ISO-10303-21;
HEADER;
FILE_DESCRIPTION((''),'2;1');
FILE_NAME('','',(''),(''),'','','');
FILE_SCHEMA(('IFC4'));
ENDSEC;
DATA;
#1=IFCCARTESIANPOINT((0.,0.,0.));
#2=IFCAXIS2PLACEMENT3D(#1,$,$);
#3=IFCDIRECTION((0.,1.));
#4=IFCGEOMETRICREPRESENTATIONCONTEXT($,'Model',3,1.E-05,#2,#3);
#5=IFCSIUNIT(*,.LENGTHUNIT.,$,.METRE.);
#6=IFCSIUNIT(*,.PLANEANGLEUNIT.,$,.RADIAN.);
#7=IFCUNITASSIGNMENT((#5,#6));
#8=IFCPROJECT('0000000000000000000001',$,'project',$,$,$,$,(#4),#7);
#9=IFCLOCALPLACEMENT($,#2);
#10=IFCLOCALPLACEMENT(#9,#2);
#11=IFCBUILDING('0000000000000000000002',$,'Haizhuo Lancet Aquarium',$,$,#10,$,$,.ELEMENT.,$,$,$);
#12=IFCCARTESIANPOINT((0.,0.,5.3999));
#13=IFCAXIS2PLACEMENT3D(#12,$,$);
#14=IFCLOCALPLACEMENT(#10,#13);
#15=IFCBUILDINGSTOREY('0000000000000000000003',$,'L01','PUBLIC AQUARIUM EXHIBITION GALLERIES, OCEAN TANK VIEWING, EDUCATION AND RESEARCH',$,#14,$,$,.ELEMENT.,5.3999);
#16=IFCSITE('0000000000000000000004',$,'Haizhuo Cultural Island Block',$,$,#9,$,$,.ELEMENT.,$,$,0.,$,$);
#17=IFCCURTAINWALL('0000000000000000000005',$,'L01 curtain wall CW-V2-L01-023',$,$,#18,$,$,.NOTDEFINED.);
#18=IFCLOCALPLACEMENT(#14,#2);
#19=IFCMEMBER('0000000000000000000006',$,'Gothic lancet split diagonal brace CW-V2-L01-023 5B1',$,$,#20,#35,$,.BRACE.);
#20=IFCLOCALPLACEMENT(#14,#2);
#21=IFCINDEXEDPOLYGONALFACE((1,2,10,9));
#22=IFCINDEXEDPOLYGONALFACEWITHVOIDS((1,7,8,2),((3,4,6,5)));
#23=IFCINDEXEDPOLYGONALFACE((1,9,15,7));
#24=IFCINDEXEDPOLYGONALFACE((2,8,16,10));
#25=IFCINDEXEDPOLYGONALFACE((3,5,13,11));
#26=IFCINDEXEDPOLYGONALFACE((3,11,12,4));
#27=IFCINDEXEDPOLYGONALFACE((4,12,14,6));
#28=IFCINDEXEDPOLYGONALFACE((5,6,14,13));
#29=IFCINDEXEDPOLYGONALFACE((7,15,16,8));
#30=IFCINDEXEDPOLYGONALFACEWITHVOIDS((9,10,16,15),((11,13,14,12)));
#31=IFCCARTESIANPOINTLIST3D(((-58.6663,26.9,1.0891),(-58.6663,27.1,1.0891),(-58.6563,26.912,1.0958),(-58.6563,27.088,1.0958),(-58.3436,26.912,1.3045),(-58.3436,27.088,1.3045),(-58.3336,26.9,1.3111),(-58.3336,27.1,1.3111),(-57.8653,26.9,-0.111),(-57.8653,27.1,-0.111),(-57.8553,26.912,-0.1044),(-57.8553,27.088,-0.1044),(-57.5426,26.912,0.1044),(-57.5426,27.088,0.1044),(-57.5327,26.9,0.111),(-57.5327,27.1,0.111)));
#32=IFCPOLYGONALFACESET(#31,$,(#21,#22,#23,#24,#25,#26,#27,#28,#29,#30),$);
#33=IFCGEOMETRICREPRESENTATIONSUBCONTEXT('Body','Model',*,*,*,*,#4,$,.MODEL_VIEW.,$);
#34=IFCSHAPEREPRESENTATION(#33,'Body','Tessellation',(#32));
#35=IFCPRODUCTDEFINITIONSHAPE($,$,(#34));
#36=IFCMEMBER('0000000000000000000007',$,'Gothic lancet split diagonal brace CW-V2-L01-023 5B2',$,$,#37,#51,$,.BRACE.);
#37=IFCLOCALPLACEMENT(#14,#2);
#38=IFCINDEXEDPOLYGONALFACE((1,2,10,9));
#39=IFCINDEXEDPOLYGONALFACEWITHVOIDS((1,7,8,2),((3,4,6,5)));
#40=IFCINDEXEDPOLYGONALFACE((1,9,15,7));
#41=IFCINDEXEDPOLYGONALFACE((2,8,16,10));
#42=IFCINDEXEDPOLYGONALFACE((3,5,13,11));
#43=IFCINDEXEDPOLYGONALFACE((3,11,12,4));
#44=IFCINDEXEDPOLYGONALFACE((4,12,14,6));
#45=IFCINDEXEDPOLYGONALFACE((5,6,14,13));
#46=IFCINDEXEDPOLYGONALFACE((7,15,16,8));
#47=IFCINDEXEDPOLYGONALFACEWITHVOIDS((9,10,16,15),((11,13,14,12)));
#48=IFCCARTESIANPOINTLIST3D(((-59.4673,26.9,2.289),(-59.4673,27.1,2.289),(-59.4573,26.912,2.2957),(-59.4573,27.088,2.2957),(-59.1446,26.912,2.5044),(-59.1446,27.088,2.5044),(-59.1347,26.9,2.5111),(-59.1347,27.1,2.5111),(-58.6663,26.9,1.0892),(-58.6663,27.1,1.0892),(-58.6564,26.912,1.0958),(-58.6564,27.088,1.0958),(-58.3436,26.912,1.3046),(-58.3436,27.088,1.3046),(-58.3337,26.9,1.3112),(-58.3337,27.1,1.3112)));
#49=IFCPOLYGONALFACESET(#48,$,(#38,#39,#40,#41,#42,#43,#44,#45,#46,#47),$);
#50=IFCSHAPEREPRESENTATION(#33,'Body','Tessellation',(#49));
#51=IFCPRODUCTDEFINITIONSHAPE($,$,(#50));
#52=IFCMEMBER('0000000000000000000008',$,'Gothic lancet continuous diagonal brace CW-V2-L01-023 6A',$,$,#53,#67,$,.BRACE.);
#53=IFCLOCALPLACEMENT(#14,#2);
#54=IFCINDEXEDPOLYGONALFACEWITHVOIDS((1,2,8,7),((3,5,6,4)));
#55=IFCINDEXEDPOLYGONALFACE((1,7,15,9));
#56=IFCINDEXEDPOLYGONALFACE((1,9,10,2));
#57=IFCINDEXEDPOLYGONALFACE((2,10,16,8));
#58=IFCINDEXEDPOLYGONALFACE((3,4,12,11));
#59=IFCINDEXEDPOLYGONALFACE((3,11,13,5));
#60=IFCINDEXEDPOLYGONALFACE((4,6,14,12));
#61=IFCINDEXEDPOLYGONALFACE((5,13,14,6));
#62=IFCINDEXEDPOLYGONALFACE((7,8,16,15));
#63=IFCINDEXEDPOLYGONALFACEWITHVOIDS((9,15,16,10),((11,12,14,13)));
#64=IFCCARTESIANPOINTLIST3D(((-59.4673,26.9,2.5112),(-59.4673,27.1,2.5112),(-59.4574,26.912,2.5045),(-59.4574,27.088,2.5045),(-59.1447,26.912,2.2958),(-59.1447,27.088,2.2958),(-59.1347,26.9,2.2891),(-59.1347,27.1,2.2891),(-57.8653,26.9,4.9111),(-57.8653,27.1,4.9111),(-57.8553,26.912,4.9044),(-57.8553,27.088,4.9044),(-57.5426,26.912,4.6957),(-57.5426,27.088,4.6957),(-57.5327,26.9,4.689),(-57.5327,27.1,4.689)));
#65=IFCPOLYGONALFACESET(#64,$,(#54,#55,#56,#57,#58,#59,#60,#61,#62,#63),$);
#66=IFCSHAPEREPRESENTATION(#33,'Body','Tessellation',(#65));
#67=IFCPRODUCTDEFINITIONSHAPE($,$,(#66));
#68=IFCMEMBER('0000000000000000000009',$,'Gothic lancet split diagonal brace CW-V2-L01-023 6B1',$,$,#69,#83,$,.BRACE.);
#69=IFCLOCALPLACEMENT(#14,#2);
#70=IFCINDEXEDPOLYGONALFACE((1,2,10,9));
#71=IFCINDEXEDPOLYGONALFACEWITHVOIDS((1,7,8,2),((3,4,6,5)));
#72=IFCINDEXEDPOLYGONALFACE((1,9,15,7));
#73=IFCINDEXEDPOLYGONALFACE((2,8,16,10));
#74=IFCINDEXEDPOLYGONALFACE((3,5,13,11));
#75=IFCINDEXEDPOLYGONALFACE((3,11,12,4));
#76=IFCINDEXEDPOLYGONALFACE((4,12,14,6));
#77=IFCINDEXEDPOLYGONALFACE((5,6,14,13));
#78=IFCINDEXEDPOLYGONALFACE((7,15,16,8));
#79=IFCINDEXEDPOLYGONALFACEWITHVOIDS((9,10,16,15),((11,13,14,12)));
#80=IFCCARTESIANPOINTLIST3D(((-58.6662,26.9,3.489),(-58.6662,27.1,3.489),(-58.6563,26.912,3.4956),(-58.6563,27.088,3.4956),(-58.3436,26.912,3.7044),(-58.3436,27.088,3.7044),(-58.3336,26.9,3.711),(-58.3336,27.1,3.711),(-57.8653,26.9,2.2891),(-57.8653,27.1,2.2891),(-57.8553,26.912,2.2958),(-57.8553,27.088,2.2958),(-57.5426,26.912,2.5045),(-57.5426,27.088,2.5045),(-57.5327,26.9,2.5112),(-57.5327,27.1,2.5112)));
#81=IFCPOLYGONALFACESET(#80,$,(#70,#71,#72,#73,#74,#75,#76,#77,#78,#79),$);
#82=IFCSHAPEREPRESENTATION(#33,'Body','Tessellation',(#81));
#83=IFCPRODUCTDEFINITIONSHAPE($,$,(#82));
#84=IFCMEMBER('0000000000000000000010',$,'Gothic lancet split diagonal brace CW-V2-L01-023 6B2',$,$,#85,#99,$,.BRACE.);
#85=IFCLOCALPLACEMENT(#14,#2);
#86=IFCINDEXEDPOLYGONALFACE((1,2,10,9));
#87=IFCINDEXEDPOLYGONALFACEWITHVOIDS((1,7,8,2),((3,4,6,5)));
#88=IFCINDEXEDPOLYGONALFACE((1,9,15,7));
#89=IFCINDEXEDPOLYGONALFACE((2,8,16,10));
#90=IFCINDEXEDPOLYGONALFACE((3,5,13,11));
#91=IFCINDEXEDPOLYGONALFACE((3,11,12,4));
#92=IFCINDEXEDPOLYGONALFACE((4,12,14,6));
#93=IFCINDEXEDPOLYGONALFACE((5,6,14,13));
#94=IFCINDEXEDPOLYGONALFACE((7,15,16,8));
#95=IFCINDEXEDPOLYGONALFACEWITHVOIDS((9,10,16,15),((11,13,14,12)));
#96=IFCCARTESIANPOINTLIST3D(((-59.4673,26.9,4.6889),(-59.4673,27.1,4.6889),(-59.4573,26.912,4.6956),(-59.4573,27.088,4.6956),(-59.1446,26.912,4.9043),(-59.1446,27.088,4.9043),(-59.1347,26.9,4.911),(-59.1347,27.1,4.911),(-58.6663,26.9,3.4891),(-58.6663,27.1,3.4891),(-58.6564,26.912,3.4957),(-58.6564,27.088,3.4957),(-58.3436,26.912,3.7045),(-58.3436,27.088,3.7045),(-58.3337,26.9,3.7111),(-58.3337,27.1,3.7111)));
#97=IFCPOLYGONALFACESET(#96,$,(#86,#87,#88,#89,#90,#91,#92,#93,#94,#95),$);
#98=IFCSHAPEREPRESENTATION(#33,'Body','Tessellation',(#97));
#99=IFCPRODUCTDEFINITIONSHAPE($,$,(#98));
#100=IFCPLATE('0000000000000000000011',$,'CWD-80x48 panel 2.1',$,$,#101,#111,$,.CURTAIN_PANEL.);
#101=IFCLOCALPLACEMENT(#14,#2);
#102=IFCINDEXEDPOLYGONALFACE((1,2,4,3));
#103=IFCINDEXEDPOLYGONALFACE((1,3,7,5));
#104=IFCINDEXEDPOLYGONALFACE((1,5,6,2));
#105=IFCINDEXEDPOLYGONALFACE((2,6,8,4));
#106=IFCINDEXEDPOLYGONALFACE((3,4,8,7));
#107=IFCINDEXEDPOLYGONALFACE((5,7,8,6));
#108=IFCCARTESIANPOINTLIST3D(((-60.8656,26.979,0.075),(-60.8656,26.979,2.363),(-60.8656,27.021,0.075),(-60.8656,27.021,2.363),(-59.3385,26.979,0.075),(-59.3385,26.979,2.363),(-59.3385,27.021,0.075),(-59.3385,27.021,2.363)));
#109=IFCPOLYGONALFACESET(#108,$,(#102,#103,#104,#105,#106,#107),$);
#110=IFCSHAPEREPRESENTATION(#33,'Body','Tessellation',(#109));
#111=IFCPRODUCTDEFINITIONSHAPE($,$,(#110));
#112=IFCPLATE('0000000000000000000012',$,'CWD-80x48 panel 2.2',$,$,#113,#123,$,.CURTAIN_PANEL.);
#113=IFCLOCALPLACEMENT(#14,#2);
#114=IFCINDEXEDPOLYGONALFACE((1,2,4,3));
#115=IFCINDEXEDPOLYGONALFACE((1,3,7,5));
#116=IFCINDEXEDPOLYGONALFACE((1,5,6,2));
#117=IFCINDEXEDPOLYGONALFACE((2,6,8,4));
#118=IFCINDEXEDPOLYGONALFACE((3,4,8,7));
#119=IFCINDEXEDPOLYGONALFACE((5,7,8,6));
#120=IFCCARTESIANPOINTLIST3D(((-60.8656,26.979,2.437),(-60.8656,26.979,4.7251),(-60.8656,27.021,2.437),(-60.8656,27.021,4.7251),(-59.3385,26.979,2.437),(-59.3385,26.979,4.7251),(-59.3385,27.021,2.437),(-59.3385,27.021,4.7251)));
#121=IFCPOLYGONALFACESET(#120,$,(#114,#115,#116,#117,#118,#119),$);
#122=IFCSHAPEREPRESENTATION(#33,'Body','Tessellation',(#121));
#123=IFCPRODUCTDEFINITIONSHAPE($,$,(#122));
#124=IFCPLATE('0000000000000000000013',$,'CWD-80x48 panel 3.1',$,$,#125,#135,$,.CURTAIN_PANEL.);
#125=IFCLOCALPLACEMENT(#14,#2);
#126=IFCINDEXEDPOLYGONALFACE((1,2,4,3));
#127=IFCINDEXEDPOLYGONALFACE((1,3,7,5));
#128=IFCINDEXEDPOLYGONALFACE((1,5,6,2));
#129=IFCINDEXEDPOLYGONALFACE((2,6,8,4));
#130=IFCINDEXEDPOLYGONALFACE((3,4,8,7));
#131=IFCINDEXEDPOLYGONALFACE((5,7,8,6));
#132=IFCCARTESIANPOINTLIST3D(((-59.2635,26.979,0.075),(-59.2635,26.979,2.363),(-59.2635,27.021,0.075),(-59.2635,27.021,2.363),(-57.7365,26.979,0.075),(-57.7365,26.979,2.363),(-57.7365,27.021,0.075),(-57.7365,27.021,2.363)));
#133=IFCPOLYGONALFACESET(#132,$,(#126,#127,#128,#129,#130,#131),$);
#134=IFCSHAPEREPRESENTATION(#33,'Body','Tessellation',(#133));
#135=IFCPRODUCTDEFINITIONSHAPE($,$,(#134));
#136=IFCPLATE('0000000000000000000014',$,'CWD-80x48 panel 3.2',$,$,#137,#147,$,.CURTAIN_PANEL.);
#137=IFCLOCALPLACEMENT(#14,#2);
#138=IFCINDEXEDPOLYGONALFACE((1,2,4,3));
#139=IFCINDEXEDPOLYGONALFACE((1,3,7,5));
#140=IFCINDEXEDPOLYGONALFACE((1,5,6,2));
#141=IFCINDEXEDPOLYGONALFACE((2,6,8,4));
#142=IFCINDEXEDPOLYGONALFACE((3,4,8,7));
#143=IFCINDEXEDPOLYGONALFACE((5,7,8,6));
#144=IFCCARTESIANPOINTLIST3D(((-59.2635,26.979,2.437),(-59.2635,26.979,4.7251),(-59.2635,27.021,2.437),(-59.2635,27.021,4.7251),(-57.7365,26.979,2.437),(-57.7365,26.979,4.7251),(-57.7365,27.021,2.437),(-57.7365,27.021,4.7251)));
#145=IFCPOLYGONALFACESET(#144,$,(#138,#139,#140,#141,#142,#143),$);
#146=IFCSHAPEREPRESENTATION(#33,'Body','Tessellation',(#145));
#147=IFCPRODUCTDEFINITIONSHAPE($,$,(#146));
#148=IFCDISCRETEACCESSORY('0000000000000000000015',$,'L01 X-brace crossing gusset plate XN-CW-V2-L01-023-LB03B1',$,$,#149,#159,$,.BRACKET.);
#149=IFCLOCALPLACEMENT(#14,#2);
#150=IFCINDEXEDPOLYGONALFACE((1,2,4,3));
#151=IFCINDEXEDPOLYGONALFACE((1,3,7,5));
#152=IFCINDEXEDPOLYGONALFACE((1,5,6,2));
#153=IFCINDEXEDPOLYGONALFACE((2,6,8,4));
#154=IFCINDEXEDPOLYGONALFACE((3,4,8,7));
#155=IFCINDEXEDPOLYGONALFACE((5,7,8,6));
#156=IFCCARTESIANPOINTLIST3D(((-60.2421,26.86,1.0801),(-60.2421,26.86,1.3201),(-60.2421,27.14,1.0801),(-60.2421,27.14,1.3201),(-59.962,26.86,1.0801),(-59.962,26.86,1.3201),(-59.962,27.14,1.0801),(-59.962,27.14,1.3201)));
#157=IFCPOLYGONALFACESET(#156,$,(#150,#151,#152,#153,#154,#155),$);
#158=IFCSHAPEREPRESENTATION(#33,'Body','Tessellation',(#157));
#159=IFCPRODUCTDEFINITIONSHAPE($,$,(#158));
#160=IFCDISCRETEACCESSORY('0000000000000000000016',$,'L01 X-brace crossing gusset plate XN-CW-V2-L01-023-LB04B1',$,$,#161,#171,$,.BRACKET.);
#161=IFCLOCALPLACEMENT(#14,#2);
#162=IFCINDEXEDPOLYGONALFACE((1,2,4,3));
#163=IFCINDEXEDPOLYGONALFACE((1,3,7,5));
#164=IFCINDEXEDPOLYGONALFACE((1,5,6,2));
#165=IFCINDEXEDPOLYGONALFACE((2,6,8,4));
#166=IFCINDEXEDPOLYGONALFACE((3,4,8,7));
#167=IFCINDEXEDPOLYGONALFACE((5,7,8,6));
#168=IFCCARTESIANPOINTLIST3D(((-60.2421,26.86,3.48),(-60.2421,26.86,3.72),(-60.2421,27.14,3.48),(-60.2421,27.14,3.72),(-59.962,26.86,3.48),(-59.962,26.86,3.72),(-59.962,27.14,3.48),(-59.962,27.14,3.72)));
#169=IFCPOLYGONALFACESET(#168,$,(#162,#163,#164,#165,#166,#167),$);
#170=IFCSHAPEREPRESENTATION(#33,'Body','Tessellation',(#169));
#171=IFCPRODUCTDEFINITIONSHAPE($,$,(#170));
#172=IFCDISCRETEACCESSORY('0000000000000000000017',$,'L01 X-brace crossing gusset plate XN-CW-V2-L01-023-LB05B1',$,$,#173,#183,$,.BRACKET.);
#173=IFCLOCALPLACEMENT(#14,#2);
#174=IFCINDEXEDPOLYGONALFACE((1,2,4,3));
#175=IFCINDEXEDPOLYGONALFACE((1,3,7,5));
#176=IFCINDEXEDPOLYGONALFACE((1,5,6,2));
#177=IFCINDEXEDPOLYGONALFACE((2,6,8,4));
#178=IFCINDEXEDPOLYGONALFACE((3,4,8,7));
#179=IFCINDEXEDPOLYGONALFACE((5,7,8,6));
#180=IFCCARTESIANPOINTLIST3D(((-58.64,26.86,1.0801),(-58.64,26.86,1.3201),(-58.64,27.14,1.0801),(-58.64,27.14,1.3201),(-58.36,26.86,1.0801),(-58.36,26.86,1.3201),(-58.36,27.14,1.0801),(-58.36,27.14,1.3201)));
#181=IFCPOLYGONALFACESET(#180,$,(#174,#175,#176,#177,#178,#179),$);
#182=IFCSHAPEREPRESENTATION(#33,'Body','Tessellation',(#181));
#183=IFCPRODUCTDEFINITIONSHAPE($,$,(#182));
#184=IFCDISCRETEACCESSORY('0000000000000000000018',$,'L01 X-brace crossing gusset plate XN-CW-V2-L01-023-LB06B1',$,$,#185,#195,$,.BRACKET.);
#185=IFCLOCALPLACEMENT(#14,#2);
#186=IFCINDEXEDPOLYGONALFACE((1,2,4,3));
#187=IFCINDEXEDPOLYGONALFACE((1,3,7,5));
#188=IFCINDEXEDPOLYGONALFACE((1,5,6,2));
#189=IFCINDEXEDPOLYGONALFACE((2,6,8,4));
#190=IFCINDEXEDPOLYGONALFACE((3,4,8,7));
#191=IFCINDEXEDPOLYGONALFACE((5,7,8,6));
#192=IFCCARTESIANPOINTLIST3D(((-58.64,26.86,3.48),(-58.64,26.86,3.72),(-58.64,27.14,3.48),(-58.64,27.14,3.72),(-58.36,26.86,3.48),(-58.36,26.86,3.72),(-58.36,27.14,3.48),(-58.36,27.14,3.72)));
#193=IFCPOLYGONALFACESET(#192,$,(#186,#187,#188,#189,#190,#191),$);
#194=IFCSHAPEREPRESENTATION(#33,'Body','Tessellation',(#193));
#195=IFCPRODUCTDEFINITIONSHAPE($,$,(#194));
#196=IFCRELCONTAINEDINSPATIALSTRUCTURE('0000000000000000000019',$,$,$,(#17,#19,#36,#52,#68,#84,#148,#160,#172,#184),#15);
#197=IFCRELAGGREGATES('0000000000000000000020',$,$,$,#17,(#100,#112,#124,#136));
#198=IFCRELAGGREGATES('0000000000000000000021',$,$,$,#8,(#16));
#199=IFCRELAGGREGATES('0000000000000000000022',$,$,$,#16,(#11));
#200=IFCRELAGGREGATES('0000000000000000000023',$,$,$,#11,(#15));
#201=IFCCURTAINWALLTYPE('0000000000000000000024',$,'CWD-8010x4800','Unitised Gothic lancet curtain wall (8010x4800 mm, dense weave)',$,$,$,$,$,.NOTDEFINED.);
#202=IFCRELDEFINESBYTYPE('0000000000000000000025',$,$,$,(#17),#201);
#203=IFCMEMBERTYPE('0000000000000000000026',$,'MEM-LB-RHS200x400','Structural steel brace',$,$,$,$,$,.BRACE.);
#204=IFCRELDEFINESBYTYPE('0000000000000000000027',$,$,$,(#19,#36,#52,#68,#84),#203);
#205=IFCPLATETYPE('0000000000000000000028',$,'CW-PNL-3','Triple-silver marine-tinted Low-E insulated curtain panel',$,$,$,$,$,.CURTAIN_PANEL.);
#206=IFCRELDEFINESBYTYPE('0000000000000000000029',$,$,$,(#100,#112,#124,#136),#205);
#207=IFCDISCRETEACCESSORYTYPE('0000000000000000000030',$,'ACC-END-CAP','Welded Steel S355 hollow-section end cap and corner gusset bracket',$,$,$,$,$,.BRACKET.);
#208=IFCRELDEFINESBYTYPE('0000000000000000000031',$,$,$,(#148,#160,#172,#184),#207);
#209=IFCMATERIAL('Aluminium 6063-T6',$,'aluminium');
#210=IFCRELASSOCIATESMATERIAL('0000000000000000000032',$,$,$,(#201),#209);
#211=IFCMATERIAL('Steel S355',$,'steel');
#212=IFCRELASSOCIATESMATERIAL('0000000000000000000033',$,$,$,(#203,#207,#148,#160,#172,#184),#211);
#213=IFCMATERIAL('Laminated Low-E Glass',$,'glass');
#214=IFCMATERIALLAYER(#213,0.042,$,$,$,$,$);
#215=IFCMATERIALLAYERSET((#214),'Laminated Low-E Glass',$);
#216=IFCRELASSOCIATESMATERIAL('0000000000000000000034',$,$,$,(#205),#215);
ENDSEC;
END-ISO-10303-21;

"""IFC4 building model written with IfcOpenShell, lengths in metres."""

from ifc_helpers import new_model, si_unit, direction, frame, origin, origin_2d, place, context, subcontext, project, spatial, rectangle, hollow_rectangle, extrude, material, layer, layer_set, material_profile, profile_set, type_object, element, aggregate, save


model = new_model("IFC4")

# Units and contexts
model_context = context("Model", 3, precision=1e-05, world=origin(), true_north=direction((0.0, 1.0)))
body_context = subcontext(model_context, "Body", "Model", "MODEL_VIEW")
ifc_project = project(units=[si_unit("LENGTHUNIT", "METRE"), si_unit("PLANEANGLEUNIT", "RADIAN")], contexts=[model_context])

# Site, building, storey
site_placement = place(None, origin())
site = spatial("IfcSite", under=ifc_project, at=site_placement, Name="Haizhuo Cultural Island Block", CompositionType="ELEMENT", RefElevation=0.0)
building_placement = place(site_placement, origin())
building = spatial("IfcBuilding", under=site, at=building_placement, Name="Haizhuo Lancet Aquarium", CompositionType="ELEMENT")
storey_placement = place(building_placement, frame((0.0, 0.0, 5.3999)))
storey = spatial("IfcBuildingStorey", under=building, at=storey_placement, Name="L01", Description="PUBLIC AQUARIUM EXHIBITION GALLERIES, OCEAN TANK VIEWING, EDUCATION AND RESEARCH", CompositionType="ELEMENT", Elevation=5.3999)

# Curtain wall
ifc_material_1 = material(Name="Aluminium 6063-T6", Category="aluminium")
curtain_wall_type = type_object("IfcCurtainWallType", Name="CWD-8010x4800", Description="Unitised Gothic lancet curtain wall (8010x4800 mm, dense weave)", PredefinedType="NOTDEFINED", material=ifc_material_1)
curtain_wall_placement = place(storey_placement, origin())
curtain_wall = element("IfcCurtainWall", 1, at=curtain_wall_placement, inside=storey, type_object=curtain_wall_type, Name="L01 curtain wall CW-V2-L01-023", PredefinedType="NOTDEFINED")

# Members
ifc_material_2 = material(Name="Steel S355", Category="steel")
ifc_material_profile_1 = material_profile(ifc_material_2, hollow_rectangle(XDim=0.2, YDim=0.3999, WallThickness=0.012, at=origin_2d()), Name="RHS 200x400x12")
ifc_profile_set_1 = profile_set([ifc_material_profile_1], Name="Steel S355")
member_type_1 = type_object("IfcMemberType", Name="MEM-LB-RHS200x400", Description="Structural steel brace", PredefinedType="BRACE", material=ifc_profile_set_1)
member_1_placement = place(storey_placement, frame((-57.699, 27.0, 0.0), z_axis=(-0.55513, 0.0, 0.831764), x_axis=(0.0, -1.0, 0.0)))
element("IfcMember", 2, at=member_1_placement, inside=storey, type_object=member_type_1, Name="Gothic lancet split diagonal brace CW-V2-L01-023 5B1", PredefinedType="BRACE", context=body_context, shape_type="SweptSolid", body=[
    extrude(hollow_rectangle(XDim=0.2, YDim=0.3999, WallThickness=0.012, at=origin_2d()), origin(), (0.0, 0.0, 1.0), 1.4429),
])
member_2_placement = place(storey_placement, frame((-58.5, 27.0, 1.2002), z_axis=(-0.555208, 0.0, 0.831712), x_axis=(0.0, -1.0, 0.0)))
element("IfcMember", 3, at=member_2_placement, inside=storey, type_object=member_type_1, Name="Gothic lancet split diagonal brace CW-V2-L01-023 5B2", PredefinedType="BRACE", context=body_context, shape_type="SweptSolid", body=[
    extrude(hollow_rectangle(XDim=0.2, YDim=0.3999, WallThickness=0.012, at=origin_2d()), origin(), (0.0, 0.0, 1.0), 1.4426),
])
member_3_placement = place(storey_placement, frame((-59.301, 27.0, 2.4001), z_axis=(0.555208, 0.0, 0.831712), x_axis=(0.0, 1.0, 0.0)))
element("IfcMember", 4, at=member_3_placement, inside=storey, type_object=member_type_1, Name="Gothic lancet continuous diagonal brace CW-V2-L01-023 6A", PredefinedType="BRACE", context=body_context, shape_type="SweptSolid", body=[
    extrude(hollow_rectangle(XDim=0.2, YDim=0.3999, WallThickness=0.012, at=origin_2d()), origin(), (0.0, 0.0, 1.0), 2.8855),
])
for number, where, z_axis, x_axis, name in (
    (5, (-57.699, 27.0, 2.4001), (-0.555208, 0.0, 0.831712), (0.0, -1.0, 0.0), "Gothic lancet split diagonal brace CW-V2-L01-023 6B1"),
    (6, (-58.5, 27.0, 3.6001), (-0.555208, 0.0, 0.831712), (0.0, -1.0, 0.0), "Gothic lancet split diagonal brace CW-V2-L01-023 6B2"),
):
    element("IfcMember", number, at=place(storey_placement, frame(where, z_axis=z_axis, x_axis=x_axis)), inside=storey, type_object=member_type_1, Name=name, PredefinedType="BRACE", context=body_context, shape_type="SweptSolid", body=[
        extrude(hollow_rectangle(XDim=0.2, YDim=0.3999, WallThickness=0.012, at=origin_2d()), origin(), (0.0, 0.0, 1.0), 1.4426),
    ])

# Plates
ifc_material_3 = material(Name="Laminated Low-E Glass", Category="glass")
ifc_layer = layer(ifc_material_3, 0.042)
ifc_layer_set = layer_set([ifc_layer], Name="Laminated Low-E Glass")
plate_type = type_object("IfcPlateType", Name="CW-PNL-3", Description="Triple-silver marine-tinted Low-E insulated curtain panel", PredefinedType="CURTAIN_PANEL", material=ifc_layer_set)
plate_1_placement = place(storey_placement, frame((-60.1021, 27.0, 0.075), z_axis=(0.0, 0.0, 1.0), x_axis=(1.0, 0.0, 0.0)))
plate_1 = element("IfcPlate", 7, at=plate_1_placement, type_object=plate_type, Name="CWD-80x48 panel 2.1", PredefinedType="CURTAIN_PANEL", context=body_context, shape_type="SweptSolid", body=[
    extrude(rectangle(XDim=1.5271, YDim=0.042, at=origin_2d()), origin(), (0.0, 0.0, 1.0), 2.2881),
])
plate_2_placement = place(storey_placement, frame((-60.1021, 27.0, 2.437), z_axis=(0.0, 0.0, 1.0), x_axis=(1.0, 0.0, 0.0)))
plate_2 = element("IfcPlate", 8, at=plate_2_placement, type_object=plate_type, Name="CWD-80x48 panel 2.2", PredefinedType="CURTAIN_PANEL", context=body_context, shape_type="SweptSolid", body=[
    extrude(rectangle(XDim=1.5271, YDim=0.042, at=origin_2d()), origin(), (0.0, 0.0, 1.0), 2.2881),
])
plate_3_placement = place(storey_placement, frame((-58.5, 27.0, 0.075), z_axis=(0.0, 0.0, 1.0), x_axis=(1.0, 0.0, 0.0)))
plate_3 = element("IfcPlate", 9, at=plate_3_placement, type_object=plate_type, Name="CWD-80x48 panel 3.1", PredefinedType="CURTAIN_PANEL", context=body_context, shape_type="SweptSolid", body=[
    extrude(rectangle(XDim=1.5271, YDim=0.042, at=origin_2d()), origin(), (0.0, 0.0, 1.0), 2.2881),
])
plate_4_placement = place(storey_placement, frame((-58.5, 27.0, 2.437), z_axis=(0.0, 0.0, 1.0), x_axis=(1.0, 0.0, 0.0)))
plate_4 = element("IfcPlate", 10, at=plate_4_placement, type_object=plate_type, Name="CWD-80x48 panel 3.2", PredefinedType="CURTAIN_PANEL", context=body_context, shape_type="SweptSolid", body=[
    extrude(rectangle(XDim=1.5271, YDim=0.042, at=origin_2d()), origin(), (0.0, 0.0, 1.0), 2.2881),
])
aggregate(curtain_wall, [plate_1, plate_2, plate_3, plate_4])

# Discrete accessories
discrete_accessory_type = type_object("IfcDiscreteAccessoryType", Name="ACC-END-CAP", Description="Welded Steel S355 hollow-section end cap and corner gusset bracket", PredefinedType="BRACKET", material=ifc_material_2)
for number, where, z_axis, x_axis, name in (
    (11, (-60.1021, 27.0, 1.0801), (0.0, 0.0, 1.0), (1.0, 0.0, 0.0), "L01 X-brace crossing gusset plate XN-CW-V2-L01-023-LB03B1"),
    (12, (-60.1021, 27.0, 3.48), (0.0, 0.0, 1.0), (1.0, 0.0, 0.0), "L01 X-brace crossing gusset plate XN-CW-V2-L01-023-LB04B1"),
    (13, (-58.5, 27.0, 1.0801), (0.0, 0.0, 1.0), (1.0, 0.0, 0.0), "L01 X-brace crossing gusset plate XN-CW-V2-L01-023-LB05B1"),
    (14, (-58.5, 27.0, 3.48), (0.0, 0.0, 1.0), (1.0, 0.0, 0.0), "L01 X-brace crossing gusset plate XN-CW-V2-L01-023-LB06B1"),
):
    element("IfcDiscreteAccessory", number, at=place(storey_placement, frame(where, z_axis=z_axis, x_axis=x_axis)), inside=storey, type_object=discrete_accessory_type, material=ifc_material_2, Name=name, PredefinedType="BRACKET", context=body_context, shape_type="SweptSolid", body=[
        extrude(rectangle(XDim=0.28, YDim=0.28, at=origin_2d()), origin(), (0.0, 0.0, 1.0), 0.24),
    ])

save(model, "model.ifc")
